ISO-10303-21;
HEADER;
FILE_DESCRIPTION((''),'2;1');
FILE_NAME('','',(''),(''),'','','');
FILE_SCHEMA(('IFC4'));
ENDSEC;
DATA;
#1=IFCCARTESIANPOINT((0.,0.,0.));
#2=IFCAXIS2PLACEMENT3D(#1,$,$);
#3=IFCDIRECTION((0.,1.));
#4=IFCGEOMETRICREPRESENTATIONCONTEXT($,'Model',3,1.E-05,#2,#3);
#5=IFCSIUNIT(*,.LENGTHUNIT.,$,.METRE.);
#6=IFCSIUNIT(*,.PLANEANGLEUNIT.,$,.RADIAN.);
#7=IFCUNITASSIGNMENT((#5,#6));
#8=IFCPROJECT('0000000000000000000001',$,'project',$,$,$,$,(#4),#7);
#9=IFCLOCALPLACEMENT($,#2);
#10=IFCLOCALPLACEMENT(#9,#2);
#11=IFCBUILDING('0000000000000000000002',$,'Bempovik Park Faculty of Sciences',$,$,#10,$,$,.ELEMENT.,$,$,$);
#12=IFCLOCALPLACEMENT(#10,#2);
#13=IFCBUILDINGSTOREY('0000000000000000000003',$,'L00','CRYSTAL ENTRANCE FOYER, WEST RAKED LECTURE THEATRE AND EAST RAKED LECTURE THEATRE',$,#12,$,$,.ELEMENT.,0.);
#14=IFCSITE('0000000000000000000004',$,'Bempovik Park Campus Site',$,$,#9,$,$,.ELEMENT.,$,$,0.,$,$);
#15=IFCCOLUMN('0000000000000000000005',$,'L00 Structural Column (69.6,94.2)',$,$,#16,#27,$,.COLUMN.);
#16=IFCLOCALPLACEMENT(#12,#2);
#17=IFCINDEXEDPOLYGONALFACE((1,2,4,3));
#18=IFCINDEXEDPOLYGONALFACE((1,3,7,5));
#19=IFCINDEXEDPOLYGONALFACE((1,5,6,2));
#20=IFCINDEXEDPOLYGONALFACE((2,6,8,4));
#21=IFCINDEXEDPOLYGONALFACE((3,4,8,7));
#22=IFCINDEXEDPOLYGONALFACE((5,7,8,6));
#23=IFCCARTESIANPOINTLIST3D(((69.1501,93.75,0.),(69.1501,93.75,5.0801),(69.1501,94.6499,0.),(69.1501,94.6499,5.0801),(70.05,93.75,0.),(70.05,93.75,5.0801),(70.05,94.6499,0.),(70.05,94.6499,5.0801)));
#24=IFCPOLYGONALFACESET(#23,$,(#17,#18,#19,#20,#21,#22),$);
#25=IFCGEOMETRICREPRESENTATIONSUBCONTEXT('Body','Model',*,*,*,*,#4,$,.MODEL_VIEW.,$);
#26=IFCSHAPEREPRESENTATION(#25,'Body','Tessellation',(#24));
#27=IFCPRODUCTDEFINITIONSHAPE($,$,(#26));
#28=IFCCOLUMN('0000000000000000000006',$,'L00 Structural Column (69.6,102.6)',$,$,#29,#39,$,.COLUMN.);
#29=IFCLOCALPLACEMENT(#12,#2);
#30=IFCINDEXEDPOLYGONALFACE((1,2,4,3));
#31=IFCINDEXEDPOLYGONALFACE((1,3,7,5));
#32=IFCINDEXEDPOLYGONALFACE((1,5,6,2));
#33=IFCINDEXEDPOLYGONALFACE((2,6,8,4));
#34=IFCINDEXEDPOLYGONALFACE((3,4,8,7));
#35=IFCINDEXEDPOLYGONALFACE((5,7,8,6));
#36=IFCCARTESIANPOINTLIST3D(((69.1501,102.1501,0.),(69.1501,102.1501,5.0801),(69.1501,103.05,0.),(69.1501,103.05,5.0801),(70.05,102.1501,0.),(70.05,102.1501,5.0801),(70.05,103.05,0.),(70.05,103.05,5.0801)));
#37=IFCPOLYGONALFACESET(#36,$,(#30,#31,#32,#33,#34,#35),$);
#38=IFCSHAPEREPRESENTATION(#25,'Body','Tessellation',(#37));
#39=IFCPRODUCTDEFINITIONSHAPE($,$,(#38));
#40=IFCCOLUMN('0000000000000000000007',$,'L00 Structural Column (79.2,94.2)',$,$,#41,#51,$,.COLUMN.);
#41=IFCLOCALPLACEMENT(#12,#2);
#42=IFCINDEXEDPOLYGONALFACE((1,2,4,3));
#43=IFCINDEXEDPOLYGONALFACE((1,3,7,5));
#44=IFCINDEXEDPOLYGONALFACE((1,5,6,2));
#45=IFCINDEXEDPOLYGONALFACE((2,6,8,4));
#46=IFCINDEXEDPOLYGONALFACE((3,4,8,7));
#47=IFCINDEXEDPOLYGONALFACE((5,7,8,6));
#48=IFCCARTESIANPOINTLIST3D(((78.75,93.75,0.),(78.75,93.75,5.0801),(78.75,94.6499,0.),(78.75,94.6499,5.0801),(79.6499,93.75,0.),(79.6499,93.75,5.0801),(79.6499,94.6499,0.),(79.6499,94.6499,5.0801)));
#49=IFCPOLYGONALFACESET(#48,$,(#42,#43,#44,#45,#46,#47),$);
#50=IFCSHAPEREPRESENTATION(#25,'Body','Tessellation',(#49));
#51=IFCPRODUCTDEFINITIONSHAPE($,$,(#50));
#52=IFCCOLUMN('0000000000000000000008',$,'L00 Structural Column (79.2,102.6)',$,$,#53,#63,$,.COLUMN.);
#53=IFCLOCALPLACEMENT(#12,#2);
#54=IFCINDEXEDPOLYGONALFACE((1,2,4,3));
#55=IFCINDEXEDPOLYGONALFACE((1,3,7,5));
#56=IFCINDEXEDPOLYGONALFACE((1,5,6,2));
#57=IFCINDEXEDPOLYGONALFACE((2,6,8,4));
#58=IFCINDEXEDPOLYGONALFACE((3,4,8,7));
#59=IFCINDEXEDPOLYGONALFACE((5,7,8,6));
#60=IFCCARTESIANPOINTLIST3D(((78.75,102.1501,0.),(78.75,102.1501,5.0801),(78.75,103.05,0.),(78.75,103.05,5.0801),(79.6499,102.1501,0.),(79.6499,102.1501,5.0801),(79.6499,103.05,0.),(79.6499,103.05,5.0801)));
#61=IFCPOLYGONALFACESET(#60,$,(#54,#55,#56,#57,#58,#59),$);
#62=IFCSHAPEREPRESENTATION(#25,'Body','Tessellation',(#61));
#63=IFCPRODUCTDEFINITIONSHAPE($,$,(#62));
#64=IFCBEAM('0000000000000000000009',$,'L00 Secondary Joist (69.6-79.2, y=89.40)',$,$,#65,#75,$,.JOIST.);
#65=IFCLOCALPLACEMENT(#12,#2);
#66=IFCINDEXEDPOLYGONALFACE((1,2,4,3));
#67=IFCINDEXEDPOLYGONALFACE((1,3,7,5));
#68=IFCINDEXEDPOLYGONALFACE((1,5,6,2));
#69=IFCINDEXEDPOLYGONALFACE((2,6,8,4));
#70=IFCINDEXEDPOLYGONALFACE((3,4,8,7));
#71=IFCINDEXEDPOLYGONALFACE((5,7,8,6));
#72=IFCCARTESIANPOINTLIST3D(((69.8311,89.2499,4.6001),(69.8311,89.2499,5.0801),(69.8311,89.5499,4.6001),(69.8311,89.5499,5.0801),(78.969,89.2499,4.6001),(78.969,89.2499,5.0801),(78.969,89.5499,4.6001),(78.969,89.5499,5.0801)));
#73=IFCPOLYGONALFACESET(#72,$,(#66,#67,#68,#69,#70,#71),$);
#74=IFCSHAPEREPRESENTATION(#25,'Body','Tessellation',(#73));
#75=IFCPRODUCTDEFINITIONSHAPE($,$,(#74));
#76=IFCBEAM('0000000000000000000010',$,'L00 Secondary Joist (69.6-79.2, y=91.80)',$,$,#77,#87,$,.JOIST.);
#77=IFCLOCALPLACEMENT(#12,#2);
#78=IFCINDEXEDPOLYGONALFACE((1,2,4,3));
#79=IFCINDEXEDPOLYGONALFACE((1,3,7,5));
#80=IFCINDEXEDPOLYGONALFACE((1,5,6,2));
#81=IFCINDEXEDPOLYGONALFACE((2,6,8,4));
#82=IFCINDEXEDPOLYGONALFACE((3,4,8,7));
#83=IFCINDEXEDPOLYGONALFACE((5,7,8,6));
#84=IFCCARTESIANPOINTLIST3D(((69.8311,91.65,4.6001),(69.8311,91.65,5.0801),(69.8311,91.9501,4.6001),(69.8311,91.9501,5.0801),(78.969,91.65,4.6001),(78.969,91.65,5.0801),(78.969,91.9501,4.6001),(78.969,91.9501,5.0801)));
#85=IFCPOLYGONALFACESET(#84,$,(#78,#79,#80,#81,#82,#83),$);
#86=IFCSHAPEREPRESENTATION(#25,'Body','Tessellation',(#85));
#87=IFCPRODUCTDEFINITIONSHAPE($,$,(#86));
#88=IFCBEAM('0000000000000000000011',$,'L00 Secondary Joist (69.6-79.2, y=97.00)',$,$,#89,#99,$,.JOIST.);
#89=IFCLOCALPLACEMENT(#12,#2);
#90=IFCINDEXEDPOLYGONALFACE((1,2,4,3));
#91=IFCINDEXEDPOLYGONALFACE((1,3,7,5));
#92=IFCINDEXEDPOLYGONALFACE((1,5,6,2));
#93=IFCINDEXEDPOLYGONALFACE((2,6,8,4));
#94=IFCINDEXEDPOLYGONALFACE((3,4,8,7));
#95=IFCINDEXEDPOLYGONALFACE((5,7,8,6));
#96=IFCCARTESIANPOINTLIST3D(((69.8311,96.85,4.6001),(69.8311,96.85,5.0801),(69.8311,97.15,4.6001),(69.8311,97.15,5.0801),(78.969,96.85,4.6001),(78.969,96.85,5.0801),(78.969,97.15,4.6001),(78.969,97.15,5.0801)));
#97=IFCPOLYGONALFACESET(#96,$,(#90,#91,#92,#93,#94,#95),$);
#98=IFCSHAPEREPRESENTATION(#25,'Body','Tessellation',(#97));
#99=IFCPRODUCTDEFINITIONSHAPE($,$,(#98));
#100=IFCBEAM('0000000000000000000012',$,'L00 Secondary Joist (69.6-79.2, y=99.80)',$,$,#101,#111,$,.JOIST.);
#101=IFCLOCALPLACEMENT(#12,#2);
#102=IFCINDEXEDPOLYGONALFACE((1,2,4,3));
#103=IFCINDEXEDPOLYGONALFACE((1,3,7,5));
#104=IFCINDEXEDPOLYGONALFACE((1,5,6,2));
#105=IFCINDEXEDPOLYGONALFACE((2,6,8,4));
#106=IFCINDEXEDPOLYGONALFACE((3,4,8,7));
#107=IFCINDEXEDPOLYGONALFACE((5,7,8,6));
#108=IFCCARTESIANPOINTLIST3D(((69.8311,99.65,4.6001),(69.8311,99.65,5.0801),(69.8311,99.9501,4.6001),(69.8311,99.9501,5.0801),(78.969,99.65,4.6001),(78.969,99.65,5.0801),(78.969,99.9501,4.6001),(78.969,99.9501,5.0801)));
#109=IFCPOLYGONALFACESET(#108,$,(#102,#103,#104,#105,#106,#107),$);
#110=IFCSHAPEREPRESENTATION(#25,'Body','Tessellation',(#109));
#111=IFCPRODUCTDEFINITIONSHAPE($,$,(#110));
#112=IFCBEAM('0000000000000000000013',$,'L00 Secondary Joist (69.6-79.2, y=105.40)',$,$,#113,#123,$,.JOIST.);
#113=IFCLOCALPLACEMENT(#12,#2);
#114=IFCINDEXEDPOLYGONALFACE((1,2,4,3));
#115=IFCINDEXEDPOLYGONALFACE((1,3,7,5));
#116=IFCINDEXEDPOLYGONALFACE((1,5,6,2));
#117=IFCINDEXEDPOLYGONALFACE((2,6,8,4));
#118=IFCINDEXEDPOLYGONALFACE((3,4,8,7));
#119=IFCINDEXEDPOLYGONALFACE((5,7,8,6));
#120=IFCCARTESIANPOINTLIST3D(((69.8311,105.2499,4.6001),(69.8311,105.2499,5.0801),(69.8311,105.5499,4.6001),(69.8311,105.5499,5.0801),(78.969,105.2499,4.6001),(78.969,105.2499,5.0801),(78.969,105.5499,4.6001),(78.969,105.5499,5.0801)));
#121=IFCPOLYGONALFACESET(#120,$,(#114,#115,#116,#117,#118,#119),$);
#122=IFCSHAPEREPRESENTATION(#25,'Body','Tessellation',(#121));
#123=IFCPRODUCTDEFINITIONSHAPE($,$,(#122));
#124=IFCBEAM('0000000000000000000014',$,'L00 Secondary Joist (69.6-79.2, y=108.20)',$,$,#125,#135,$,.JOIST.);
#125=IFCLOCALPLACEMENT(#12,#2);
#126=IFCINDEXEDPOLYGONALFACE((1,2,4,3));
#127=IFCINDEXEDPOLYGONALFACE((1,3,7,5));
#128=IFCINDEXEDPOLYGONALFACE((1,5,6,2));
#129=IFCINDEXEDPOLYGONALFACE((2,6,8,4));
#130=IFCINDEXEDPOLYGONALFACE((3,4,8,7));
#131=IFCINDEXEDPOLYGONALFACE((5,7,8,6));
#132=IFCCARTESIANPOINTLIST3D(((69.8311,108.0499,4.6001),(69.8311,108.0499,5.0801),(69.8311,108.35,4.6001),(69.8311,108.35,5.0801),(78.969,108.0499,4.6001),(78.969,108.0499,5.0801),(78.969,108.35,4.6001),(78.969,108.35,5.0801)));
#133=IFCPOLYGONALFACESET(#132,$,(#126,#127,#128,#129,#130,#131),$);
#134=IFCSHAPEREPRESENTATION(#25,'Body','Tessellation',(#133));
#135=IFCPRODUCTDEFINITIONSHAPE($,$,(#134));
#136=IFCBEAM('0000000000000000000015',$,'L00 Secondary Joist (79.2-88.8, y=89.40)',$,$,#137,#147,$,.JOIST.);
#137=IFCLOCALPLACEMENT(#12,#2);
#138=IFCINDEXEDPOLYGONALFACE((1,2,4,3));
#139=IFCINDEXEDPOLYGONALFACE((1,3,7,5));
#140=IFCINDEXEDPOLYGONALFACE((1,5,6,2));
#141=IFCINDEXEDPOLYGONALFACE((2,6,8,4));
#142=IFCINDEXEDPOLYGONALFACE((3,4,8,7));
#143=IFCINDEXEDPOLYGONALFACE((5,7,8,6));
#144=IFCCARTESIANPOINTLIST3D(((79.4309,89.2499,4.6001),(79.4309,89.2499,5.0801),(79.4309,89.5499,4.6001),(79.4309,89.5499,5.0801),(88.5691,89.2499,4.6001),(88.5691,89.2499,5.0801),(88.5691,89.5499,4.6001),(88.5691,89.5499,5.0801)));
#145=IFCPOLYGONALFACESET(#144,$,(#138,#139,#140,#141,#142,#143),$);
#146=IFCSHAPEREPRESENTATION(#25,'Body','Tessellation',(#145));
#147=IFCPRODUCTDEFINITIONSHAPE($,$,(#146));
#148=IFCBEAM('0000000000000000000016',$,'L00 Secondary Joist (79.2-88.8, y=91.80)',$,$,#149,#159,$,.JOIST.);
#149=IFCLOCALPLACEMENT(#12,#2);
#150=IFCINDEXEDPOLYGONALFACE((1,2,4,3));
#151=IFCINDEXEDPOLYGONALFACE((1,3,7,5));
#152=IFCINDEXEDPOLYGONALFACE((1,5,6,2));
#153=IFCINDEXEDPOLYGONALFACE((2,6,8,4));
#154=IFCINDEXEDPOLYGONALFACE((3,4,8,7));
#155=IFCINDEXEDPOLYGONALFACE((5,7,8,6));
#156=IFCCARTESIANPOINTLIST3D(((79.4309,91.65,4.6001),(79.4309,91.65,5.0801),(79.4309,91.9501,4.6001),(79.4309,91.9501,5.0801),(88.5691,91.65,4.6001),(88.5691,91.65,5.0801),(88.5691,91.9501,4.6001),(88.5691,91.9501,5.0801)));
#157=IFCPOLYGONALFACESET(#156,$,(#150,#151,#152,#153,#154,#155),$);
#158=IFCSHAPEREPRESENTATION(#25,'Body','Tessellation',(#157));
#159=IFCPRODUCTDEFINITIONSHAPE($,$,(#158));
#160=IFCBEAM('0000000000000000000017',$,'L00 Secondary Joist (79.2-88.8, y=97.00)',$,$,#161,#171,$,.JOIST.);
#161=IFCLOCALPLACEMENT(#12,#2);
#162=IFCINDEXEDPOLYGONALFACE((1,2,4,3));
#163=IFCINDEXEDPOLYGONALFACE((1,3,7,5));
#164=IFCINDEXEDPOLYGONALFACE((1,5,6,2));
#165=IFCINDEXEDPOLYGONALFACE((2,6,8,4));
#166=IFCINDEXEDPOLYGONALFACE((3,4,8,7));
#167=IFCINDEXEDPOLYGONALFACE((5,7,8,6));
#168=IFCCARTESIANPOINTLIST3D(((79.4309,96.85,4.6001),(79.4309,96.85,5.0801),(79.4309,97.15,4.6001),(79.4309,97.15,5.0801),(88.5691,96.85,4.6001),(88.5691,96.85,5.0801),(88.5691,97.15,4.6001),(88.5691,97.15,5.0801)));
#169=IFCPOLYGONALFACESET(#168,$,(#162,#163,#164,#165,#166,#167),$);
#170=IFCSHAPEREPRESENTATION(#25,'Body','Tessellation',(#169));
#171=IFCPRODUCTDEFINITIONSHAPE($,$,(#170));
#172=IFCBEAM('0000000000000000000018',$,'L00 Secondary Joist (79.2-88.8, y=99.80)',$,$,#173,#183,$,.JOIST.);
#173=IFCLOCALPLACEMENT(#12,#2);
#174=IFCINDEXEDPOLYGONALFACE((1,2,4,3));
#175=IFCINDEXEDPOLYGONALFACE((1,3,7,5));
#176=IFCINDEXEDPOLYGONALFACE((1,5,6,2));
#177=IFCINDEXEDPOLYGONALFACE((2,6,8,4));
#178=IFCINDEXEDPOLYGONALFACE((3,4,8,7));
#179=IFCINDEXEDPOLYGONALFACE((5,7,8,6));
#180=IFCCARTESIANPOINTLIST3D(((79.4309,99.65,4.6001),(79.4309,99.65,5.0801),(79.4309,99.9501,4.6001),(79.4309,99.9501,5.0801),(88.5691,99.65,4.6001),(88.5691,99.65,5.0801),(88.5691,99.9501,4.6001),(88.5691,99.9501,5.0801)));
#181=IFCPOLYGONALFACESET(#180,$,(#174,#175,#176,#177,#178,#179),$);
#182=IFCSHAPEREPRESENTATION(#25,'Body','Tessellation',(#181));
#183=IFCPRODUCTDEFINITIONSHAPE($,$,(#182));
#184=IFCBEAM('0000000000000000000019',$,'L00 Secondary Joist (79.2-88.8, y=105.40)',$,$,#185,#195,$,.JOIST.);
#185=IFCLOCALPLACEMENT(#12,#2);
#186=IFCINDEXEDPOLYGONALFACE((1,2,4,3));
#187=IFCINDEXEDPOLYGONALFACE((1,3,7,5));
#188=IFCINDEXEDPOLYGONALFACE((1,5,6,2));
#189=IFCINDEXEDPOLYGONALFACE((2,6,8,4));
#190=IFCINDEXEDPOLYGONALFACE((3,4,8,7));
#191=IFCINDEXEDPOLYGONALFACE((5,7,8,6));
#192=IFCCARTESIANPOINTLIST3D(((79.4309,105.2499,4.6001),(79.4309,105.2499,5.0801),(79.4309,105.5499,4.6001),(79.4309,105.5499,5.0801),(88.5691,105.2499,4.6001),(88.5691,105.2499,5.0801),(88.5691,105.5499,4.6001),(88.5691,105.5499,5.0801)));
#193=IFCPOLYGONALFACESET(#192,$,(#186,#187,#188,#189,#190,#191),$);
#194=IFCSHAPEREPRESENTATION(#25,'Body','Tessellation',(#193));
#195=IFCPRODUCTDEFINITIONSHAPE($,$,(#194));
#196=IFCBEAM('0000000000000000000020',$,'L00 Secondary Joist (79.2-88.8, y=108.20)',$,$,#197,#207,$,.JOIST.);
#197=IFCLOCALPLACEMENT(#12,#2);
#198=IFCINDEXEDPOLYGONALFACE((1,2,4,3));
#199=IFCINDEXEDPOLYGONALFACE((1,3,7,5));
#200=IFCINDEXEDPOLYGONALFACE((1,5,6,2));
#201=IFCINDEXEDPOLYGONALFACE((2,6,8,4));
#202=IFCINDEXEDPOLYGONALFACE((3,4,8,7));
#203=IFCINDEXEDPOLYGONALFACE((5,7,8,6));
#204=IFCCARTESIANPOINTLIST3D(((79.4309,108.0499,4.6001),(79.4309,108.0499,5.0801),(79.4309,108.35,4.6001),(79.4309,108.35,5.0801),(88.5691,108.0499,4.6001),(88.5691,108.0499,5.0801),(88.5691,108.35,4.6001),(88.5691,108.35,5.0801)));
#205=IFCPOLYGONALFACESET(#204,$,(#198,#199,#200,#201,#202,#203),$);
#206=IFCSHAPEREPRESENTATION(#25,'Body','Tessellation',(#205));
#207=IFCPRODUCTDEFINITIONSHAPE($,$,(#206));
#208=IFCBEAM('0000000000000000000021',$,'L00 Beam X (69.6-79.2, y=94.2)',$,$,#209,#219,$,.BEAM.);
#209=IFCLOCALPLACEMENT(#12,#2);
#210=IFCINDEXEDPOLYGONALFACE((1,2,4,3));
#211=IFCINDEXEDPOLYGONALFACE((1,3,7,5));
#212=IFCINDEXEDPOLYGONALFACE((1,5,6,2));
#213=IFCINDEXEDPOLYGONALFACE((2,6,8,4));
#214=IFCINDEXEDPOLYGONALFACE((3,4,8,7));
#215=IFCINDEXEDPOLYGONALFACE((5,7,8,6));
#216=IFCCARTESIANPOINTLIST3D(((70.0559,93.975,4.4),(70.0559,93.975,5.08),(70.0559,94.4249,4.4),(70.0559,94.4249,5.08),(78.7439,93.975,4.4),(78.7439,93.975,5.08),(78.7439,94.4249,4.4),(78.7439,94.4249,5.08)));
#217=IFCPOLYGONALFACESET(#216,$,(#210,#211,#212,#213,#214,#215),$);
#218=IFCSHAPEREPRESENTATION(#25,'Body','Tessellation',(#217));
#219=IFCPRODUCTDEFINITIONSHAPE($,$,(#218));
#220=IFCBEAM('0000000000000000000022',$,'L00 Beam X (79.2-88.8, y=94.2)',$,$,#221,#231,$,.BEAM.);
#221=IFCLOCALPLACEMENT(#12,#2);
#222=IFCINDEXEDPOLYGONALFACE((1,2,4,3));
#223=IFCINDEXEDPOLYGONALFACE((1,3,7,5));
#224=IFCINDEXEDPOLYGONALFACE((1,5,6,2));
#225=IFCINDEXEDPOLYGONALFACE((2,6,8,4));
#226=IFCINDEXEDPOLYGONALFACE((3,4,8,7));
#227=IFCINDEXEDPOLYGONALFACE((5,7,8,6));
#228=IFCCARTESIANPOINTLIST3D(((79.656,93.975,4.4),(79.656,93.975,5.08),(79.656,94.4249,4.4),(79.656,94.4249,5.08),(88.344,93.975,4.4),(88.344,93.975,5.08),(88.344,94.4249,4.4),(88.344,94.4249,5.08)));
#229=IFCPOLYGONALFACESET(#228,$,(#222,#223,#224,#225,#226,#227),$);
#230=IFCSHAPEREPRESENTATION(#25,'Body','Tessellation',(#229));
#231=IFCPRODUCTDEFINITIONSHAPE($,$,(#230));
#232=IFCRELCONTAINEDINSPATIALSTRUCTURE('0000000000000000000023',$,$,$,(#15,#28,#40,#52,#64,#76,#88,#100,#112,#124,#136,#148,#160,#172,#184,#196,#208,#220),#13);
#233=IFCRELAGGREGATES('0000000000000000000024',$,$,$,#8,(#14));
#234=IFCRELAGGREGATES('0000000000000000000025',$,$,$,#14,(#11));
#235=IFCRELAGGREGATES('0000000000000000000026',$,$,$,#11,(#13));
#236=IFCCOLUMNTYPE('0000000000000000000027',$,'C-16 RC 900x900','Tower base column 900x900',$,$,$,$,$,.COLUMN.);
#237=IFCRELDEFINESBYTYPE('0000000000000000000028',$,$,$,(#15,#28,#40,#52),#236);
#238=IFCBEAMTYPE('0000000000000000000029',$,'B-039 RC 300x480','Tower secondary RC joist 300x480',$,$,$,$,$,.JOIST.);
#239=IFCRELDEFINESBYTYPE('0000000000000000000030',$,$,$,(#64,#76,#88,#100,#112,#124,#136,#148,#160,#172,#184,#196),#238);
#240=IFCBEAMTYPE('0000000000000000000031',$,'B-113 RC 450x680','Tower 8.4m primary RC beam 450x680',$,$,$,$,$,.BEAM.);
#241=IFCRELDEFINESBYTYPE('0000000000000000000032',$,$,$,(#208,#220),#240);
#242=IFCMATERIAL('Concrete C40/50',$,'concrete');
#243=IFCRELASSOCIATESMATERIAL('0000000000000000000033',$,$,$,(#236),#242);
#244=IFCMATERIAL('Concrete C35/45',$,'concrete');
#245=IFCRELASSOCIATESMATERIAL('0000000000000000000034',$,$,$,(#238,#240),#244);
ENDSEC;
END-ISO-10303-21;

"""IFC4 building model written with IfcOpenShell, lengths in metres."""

from ifc_helpers import new_model, si_unit, direction, frame, origin, origin_2d, place, context, subcontext, project, spatial, rectangle, extrude, material, material_profile, profile_set, type_object, element, save


model = new_model("IFC4")

# Units and contexts
model_context = context("Model", 3, precision=1e-05, world=origin(), true_north=direction((0.0, 1.0)))
body_context = subcontext(model_context, "Body", "Model", "MODEL_VIEW")
ifc_project = project(units=[si_unit("LENGTHUNIT", "METRE"), si_unit("PLANEANGLEUNIT", "RADIAN")], contexts=[model_context])

# Site, building, storey
site_placement = place(None, origin())
site = spatial("IfcSite", under=ifc_project, at=site_placement, Name="Bempovik Park Campus Site", CompositionType="ELEMENT", RefElevation=0.0)
building_placement = place(site_placement, origin())
building = spatial("IfcBuilding", under=site, at=building_placement, Name="Bempovik Park Faculty of Sciences", CompositionType="ELEMENT")
storey_placement = place(building_placement, origin())
storey = spatial("IfcBuildingStorey", under=building, at=storey_placement, Name="L00", Description="CRYSTAL ENTRANCE FOYER, WEST RAKED LECTURE THEATRE AND EAST RAKED LECTURE THEATRE", CompositionType="ELEMENT", Elevation=0.0)

# Columns
ifc_material_1 = material(Name="Concrete C40/50", Category="concrete")
ifc_material_profile_1 = material_profile(ifc_material_1, rectangle(XDim=0.8999, YDim=0.8999, at=origin_2d()), Name="RC 900x900")
ifc_profile_set_1 = profile_set([ifc_material_profile_1], Name="Concrete C40/50")
column_type = type_object("IfcColumnType", Name="C-16 RC 900x900", Description="Tower base column 900x900", PredefinedType="COLUMN", material=ifc_profile_set_1)
for number, where, z_axis, x_axis, name in (
    (1, (69.6001, 94.2, 0.0), (0.0, 0.0, 1.0), (1.0, 0.0, 0.0), "L00 Structural Column (69.6,94.2)"),
    (2, (69.6001, 102.6001, 0.0), (0.0, 0.0, 1.0), (1.0, 0.0, 0.0), "L00 Structural Column (69.6,102.6)"),
    (3, (79.2, 94.2, 0.0), (0.0, 0.0, 1.0), (1.0, 0.0, 0.0), "L00 Structural Column (79.2,94.2)"),
    (4, (79.2, 102.6001, 0.0), (0.0, 0.0, 1.0), (1.0, 0.0, 0.0), "L00 Structural Column (79.2,102.6)"),
):
    element("IfcColumn", number, at=place(storey_placement, frame(where, z_axis=z_axis, x_axis=x_axis)), inside=storey, type_object=column_type, Name=name, PredefinedType="COLUMN", context=body_context, shape_type="SweptSolid", body=[
        extrude(rectangle(XDim=0.8999, YDim=0.8999, at=origin_2d()), origin(), (0.0, 0.0, 1.0), 5.0801),
    ])

# Beams
ifc_material_2 = material(Name="Concrete C35/45", Category="concrete")
ifc_material_profile_2 = material_profile(ifc_material_2, rectangle(XDim=0.3, YDim=0.48, at=origin_2d()), Name="RC 300x480")
ifc_profile_set_2 = profile_set([ifc_material_profile_2], Name="Concrete C35/45")
beam_type_1 = type_object("IfcBeamType", Name="B-039 RC 300x480", Description="Tower secondary RC joist 300x480", PredefinedType="JOIST", material=ifc_profile_set_2)
for number, where, z_axis, x_axis, name in (
    (5, (69.8311, 89.3999, 4.8401), (1.0, 0.0, 0.0), (0.0, 1.0, 0.0), "L00 Secondary Joist (69.6-79.2, y=89.40)"),
    (6, (69.8311, 91.8, 4.8401), (1.0, 0.0, 0.0), (0.0, 1.0, 0.0), "L00 Secondary Joist (69.6-79.2, y=91.80)"),
    (7, (69.8311, 97.0, 4.8401), (1.0, 0.0, 0.0), (0.0, 1.0, 0.0), "L00 Secondary Joist (69.6-79.2, y=97.00)"),
    (8, (69.8311, 99.8, 4.8401), (1.0, 0.0, 0.0), (0.0, 1.0, 0.0), "L00 Secondary Joist (69.6-79.2, y=99.80)"),
    (9, (69.8311, 105.3999, 4.8401), (1.0, 0.0, 0.0), (0.0, 1.0, 0.0), "L00 Secondary Joist (69.6-79.2, y=105.40)"),
    (10, (69.8311, 108.2, 4.8401), (1.0, 0.0, 0.0), (0.0, 1.0, 0.0), "L00 Secondary Joist (69.6-79.2, y=108.20)"),
):
    element("IfcBeam", number, at=place(storey_placement, frame(where, z_axis=z_axis, x_axis=x_axis)), inside=storey, type_object=beam_type_1, Name=name, PredefinedType="JOIST", context=body_context, shape_type="SweptSolid", body=[
        extrude(rectangle(XDim=0.3, YDim=0.48, at=origin_2d()), origin(), (0.0, 0.0, 1.0), 9.1379),
    ])
for number, where, z_axis, x_axis, name in (
    (11, (79.4309, 89.3999, 4.8401), (1.0, 0.0, 0.0), (0.0, 1.0, 0.0), "L00 Secondary Joist (79.2-88.8, y=89.40)"),
    (12, (79.4309, 91.8, 4.8401), (1.0, 0.0, 0.0), (0.0, 1.0, 0.0), "L00 Secondary Joist (79.2-88.8, y=91.80)"),
    (13, (79.4309, 97.0, 4.8401), (1.0, 0.0, 0.0), (0.0, 1.0, 0.0), "L00 Secondary Joist (79.2-88.8, y=97.00)"),
    (14, (79.4309, 99.8, 4.8401), (1.0, 0.0, 0.0), (0.0, 1.0, 0.0), "L00 Secondary Joist (79.2-88.8, y=99.80)"),
    (15, (79.4309, 105.3999, 4.8401), (1.0, 0.0, 0.0), (0.0, 1.0, 0.0), "L00 Secondary Joist (79.2-88.8, y=105.40)"),
    (16, (79.4309, 108.2, 4.8401), (1.0, 0.0, 0.0), (0.0, 1.0, 0.0), "L00 Secondary Joist (79.2-88.8, y=108.20)"),
):
    element("IfcBeam", number, at=place(storey_placement, frame(where, z_axis=z_axis, x_axis=x_axis)), inside=storey, type_object=beam_type_1, Name=name, PredefinedType="JOIST", context=body_context, shape_type="SweptSolid", body=[
        extrude(rectangle(XDim=0.3, YDim=0.48, at=origin_2d()), origin(), (0.0, 0.0, 1.0), 9.1382),
    ])
ifc_material_profile_3 = material_profile(ifc_material_2, rectangle(XDim=0.45, YDim=0.6799, at=origin_2d()), Name="RC 450x680")
ifc_profile_set_3 = profile_set([ifc_material_profile_3], Name="Concrete C35/45")
beam_type_2 = type_object("IfcBeamType", Name="B-113 RC 450x680", Description="Tower 8.4m primary RC beam 450x680", PredefinedType="BEAM", material=ifc_profile_set_3)
for number, where, z_axis, x_axis, name in (
    (17, (70.0559, 94.2, 4.74), (1.0, 0.0, 0.0), (0.0, 1.0, 0.0), "L00 Beam X (69.6-79.2, y=94.2)"),
    (18, (79.656, 94.2, 4.74), (1.0, 0.0, 0.0), (0.0, 1.0, 0.0), "L00 Beam X (79.2-88.8, y=94.2)"),
):
    element("IfcBeam", number, at=place(storey_placement, frame(where, z_axis=z_axis, x_axis=x_axis)), inside=storey, type_object=beam_type_2, Name=name, PredefinedType="BEAM", context=body_context, shape_type="SweptSolid", body=[
        extrude(rectangle(XDim=0.45, YDim=0.6799, at=origin_2d()), origin(), (0.0, 0.0, 1.0), 8.688),
    ])

save(model, "model.ifc")
